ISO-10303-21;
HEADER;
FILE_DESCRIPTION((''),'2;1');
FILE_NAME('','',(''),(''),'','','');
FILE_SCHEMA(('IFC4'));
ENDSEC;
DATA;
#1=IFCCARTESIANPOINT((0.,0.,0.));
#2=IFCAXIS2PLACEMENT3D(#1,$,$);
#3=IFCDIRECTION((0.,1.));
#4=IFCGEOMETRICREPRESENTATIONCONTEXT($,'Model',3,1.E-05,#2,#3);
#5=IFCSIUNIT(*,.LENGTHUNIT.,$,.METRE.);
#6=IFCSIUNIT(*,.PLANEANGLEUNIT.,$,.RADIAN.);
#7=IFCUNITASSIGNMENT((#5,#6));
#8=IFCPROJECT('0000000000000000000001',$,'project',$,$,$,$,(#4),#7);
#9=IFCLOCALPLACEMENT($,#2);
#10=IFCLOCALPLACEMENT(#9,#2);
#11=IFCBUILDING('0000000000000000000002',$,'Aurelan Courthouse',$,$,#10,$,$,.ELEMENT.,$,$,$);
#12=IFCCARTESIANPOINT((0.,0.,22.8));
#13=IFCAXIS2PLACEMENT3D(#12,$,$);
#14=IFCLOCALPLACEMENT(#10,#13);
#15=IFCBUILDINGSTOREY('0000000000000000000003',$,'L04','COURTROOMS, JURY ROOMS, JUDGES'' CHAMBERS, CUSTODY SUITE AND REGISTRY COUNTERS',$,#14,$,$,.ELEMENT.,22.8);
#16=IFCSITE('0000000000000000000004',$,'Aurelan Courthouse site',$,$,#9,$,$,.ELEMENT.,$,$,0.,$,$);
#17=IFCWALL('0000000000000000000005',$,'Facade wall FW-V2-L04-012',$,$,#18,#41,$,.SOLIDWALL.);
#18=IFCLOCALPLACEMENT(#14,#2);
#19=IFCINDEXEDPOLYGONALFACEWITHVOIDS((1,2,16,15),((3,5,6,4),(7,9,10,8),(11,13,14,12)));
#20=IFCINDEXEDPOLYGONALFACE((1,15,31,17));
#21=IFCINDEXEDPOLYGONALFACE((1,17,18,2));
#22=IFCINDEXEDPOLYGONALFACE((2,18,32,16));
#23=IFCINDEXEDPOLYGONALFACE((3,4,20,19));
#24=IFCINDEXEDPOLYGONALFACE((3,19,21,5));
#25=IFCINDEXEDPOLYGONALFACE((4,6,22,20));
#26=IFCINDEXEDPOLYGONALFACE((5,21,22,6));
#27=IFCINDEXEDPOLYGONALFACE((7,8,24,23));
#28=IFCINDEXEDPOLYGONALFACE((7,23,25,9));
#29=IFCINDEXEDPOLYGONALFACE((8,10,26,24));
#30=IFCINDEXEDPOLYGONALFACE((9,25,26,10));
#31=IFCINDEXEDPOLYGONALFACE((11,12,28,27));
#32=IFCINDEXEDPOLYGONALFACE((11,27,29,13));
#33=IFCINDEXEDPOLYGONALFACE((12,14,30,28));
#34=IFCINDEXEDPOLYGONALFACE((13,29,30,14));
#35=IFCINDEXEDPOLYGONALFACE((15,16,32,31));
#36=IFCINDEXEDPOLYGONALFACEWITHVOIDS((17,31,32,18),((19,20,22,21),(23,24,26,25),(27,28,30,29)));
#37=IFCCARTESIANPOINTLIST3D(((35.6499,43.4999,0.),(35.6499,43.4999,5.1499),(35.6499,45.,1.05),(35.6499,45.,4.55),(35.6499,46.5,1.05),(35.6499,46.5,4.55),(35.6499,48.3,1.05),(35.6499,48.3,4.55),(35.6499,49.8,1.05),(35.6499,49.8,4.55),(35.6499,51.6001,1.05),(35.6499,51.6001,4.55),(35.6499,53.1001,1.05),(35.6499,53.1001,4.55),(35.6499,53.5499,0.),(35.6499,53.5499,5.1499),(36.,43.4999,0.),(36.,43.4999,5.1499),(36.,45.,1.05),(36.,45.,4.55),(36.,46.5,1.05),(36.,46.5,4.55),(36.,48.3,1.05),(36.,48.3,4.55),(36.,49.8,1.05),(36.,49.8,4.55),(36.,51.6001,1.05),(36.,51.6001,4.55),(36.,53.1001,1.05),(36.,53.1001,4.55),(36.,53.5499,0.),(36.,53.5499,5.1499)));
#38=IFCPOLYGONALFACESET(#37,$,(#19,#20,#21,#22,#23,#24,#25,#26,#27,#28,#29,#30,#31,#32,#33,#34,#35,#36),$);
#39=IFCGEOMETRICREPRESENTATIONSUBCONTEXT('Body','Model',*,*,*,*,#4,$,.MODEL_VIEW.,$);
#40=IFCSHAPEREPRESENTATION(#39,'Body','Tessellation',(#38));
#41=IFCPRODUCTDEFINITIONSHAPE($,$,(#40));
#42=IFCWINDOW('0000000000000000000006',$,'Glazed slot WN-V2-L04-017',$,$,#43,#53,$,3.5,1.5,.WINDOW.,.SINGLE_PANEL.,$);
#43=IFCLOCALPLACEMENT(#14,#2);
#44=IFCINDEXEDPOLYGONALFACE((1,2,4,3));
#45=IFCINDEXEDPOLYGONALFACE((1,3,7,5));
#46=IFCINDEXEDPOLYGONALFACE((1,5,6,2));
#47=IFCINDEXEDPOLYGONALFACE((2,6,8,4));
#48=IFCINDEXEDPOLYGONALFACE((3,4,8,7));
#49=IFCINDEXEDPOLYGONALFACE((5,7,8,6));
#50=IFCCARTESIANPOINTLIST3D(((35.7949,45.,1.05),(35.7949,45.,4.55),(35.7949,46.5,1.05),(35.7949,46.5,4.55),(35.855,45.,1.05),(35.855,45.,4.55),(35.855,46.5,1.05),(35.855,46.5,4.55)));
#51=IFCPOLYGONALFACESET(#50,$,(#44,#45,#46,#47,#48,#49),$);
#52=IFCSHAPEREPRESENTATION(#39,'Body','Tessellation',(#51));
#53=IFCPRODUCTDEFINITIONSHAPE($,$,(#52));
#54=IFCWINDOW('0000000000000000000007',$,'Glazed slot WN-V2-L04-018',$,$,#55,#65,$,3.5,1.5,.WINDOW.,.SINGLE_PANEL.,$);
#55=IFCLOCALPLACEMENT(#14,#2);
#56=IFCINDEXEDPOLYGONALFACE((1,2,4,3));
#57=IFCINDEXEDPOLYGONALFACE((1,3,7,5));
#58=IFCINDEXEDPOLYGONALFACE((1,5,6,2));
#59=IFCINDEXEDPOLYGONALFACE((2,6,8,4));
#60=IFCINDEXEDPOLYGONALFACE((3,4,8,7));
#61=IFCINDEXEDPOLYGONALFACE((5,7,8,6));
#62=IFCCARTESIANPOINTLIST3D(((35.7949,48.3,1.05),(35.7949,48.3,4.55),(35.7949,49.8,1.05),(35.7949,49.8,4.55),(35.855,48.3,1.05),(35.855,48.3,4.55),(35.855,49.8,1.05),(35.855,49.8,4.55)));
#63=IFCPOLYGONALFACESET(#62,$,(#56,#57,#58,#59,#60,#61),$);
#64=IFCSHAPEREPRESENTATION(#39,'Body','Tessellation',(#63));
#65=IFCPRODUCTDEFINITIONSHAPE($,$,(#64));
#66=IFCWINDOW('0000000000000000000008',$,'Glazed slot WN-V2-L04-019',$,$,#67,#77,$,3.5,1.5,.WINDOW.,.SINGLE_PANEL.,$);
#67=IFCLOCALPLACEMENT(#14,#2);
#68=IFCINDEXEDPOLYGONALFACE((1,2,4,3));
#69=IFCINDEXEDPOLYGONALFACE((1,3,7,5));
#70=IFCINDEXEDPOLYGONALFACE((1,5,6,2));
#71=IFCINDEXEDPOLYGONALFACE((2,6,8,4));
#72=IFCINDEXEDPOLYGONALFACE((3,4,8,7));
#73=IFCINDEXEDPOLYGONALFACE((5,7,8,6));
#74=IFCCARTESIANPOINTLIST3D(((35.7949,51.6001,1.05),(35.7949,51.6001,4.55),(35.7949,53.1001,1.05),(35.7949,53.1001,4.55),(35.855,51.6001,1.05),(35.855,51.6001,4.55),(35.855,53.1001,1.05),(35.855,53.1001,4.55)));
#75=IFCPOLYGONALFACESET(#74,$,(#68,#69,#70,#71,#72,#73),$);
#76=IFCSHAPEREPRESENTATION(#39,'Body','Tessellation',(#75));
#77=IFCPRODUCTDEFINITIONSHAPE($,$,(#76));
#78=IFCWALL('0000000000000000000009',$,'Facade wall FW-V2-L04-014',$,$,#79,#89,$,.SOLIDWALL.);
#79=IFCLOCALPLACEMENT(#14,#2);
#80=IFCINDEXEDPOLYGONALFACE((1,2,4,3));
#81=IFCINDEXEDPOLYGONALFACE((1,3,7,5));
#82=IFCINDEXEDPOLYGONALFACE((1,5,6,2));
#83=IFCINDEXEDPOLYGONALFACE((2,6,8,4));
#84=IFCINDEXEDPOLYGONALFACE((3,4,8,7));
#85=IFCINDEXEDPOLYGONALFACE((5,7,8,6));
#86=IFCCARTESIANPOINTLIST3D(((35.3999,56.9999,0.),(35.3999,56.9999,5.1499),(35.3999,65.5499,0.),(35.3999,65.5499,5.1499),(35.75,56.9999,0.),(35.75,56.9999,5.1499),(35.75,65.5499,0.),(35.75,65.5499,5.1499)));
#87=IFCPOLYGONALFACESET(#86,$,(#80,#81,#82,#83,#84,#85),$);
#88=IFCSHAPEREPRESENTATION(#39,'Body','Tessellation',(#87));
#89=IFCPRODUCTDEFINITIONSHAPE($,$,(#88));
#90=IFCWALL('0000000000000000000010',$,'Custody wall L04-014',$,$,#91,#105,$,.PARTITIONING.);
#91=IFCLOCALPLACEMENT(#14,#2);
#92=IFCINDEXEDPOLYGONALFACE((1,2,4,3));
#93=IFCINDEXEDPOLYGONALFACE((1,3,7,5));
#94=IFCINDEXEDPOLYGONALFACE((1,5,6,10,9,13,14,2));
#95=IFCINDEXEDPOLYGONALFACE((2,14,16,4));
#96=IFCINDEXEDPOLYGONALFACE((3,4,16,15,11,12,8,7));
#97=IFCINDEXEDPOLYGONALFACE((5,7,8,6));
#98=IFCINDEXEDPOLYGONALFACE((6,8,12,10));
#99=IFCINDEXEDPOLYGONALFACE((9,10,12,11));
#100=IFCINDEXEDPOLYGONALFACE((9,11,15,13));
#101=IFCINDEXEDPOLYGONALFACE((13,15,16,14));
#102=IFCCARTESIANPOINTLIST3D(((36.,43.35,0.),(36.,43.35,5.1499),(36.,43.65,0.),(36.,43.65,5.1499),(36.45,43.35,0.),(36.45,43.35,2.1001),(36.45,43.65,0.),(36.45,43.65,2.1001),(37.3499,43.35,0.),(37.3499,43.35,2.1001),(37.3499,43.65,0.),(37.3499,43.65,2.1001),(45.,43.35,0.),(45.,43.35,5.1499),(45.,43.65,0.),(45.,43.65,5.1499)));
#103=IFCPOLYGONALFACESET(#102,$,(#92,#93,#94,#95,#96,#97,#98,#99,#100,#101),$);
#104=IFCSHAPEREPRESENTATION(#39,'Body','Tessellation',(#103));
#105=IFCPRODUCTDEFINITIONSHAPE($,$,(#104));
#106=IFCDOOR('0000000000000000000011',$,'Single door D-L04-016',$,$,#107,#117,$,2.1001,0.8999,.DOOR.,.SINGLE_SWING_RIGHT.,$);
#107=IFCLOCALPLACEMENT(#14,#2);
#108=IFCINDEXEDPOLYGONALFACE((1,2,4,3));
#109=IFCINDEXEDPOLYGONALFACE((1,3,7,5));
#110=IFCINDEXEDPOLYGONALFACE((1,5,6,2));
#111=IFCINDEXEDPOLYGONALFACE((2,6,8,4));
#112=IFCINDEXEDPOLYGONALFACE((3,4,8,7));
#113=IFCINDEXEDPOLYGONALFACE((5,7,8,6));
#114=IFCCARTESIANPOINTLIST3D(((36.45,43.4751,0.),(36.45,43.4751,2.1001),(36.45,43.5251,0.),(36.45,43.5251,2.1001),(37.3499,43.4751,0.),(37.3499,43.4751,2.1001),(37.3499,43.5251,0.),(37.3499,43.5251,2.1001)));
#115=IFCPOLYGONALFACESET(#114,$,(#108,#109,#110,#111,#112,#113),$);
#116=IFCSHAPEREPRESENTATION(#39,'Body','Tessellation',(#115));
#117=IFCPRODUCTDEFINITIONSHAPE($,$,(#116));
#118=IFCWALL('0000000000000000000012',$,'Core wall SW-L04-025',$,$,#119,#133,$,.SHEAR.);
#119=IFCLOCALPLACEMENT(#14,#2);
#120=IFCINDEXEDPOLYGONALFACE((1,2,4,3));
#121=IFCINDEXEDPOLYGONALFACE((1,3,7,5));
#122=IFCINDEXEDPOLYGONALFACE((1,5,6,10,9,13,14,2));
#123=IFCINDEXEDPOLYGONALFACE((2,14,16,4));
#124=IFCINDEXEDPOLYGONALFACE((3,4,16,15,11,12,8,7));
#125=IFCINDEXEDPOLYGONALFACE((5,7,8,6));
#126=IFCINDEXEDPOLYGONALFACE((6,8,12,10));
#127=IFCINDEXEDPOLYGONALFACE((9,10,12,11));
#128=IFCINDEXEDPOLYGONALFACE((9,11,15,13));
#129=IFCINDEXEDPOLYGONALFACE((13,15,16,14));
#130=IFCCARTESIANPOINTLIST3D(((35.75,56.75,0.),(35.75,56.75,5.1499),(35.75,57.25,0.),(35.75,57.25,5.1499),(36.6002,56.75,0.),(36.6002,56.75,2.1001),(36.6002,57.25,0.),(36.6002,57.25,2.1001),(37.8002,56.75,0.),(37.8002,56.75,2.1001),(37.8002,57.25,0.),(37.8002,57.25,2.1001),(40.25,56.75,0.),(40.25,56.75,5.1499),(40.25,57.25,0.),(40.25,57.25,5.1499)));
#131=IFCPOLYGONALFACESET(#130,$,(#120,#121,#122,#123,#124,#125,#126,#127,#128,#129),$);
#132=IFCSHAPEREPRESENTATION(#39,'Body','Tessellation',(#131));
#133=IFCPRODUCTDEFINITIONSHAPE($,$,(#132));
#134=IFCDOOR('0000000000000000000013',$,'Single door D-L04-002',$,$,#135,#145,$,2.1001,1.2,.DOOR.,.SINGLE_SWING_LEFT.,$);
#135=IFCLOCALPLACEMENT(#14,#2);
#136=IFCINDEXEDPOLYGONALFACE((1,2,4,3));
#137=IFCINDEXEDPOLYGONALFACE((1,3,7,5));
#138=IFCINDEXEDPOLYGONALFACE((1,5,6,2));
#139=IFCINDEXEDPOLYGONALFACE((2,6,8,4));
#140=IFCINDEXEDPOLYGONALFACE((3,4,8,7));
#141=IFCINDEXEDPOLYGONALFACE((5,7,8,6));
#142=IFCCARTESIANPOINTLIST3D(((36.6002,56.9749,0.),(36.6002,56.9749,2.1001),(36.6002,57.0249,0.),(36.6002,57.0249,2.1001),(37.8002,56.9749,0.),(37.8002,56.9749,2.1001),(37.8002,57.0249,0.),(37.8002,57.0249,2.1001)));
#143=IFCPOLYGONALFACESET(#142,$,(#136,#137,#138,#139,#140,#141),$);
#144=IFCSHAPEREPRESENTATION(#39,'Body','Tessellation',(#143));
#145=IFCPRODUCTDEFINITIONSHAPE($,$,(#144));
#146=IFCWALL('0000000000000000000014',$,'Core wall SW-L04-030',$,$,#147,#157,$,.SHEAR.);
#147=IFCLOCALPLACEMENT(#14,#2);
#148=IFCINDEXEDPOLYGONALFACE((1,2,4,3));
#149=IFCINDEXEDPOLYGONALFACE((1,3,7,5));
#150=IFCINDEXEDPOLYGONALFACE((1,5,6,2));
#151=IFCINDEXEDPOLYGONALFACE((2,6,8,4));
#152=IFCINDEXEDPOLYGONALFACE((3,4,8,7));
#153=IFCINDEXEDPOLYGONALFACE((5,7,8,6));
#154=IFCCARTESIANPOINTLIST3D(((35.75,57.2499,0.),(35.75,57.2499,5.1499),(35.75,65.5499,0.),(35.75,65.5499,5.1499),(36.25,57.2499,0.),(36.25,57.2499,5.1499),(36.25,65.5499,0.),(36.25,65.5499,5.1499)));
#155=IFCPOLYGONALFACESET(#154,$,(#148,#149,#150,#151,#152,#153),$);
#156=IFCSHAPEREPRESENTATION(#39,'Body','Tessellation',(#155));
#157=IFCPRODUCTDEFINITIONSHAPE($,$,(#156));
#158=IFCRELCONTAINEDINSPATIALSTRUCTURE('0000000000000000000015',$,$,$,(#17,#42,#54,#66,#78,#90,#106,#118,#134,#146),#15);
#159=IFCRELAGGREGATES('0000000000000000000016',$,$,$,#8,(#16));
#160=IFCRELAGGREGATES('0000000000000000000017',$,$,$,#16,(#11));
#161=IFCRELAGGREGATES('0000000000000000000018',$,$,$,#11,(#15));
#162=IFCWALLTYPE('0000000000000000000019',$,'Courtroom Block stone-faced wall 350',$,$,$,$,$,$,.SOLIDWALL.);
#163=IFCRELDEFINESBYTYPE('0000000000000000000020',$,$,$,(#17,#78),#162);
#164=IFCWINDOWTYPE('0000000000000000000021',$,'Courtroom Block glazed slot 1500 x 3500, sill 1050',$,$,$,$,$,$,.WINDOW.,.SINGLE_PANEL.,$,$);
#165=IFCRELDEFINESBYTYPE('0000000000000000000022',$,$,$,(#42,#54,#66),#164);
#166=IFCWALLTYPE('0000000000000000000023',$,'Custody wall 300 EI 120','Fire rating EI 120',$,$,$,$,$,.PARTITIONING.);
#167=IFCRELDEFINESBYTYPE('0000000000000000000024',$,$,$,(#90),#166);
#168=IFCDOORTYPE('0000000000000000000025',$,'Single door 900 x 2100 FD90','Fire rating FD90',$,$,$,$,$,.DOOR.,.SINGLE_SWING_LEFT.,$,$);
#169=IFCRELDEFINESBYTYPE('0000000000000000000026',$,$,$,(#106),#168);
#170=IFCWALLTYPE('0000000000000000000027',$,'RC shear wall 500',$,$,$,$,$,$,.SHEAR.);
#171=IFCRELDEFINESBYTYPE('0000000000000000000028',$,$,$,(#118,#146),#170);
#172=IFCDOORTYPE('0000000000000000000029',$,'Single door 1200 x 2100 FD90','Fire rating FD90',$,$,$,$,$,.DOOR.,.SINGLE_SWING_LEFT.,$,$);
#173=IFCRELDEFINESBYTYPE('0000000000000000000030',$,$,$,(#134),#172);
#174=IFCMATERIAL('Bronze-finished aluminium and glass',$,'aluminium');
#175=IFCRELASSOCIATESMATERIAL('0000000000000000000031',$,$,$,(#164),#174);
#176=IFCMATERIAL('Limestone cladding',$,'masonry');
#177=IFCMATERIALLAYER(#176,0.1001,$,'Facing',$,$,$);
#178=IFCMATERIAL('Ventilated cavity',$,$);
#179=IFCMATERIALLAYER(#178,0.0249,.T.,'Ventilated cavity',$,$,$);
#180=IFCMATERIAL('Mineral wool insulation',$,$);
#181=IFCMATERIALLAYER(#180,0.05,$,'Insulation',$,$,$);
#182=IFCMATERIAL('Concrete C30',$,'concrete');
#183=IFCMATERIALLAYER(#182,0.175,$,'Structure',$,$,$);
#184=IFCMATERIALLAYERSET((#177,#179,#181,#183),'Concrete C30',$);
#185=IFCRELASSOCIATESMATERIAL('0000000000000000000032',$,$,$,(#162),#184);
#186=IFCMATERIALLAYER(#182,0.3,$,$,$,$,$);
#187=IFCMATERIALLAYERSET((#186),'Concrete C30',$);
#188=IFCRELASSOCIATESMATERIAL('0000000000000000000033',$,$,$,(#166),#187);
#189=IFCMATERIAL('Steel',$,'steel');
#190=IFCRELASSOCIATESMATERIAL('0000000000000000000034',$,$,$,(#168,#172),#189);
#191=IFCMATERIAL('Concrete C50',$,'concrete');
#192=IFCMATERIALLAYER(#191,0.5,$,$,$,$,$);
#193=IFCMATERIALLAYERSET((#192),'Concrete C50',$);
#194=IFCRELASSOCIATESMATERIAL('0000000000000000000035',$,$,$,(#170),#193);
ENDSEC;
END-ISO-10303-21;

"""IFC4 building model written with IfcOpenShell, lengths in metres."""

from ifc_helpers import new_model, si_unit, direction, frame, frame_2d, origin, place, context, subcontext, project, spatial, rectangle, extrude, material, layer, layer_set, type_object, element, fill, save


model = new_model("IFC4")

# Units and contexts
model_context = context("Model", 3, precision=1e-05, world=origin(), true_north=direction((0.0, 1.0)))
body_context = subcontext(model_context, "Body", "Model", "MODEL_VIEW")
ifc_project = project(units=[si_unit("LENGTHUNIT", "METRE"), si_unit("PLANEANGLEUNIT", "RADIAN")], contexts=[model_context])

# Site, building, storey
site_placement = place(None, origin())
site = spatial("IfcSite", under=ifc_project, at=site_placement, Name="Aurelan Courthouse site", CompositionType="ELEMENT", RefElevation=0.0)
building_placement = place(site_placement, origin())
building = spatial("IfcBuilding", under=site, at=building_placement, Name="Aurelan Courthouse", CompositionType="ELEMENT")
storey_placement = place(building_placement, frame((0.0, 0.0, 22.8)))
storey = spatial("IfcBuildingStorey", under=building, at=storey_placement, Name="L04", Description="COURTROOMS, JURY ROOMS, JUDGES' CHAMBERS, CUSTODY SUITE AND REGISTRY COUNTERS", CompositionType="ELEMENT", Elevation=22.8)

# Shared definitions
ifc_material_1 = material(Name="Concrete C50", Category="concrete")

# Shared definitions
ifc_material_2 = material(Name="Limestone cladding", Category="masonry")
ifc_material_3 = material(Name="Ventilated cavity")
ifc_material_4 = material(Name="Mineral wool insulation")
ifc_material_5 = material(Name="Concrete C30", Category="concrete")
ifc_material_6 = material(Name="Bronze-finished aluminium and glass", Category="aluminium")
window_type = type_object("IfcWindowType", Name="Courtroom Block glazed slot 1500 x 3500, sill 1050", PartitioningType="SINGLE_PANEL", PredefinedType="WINDOW", material=ifc_material_6)

# Wall, openings, windows
ifc_layer_1 = layer(ifc_material_2, 0.1001, Name="Facing")
ifc_layer_2 = layer(ifc_material_3, 0.0249, ventilated=True, Name="Ventilated cavity")
ifc_layer_3 = layer(ifc_material_4, 0.05, Name="Insulation")
ifc_layer_4 = layer(ifc_material_5, 0.175, Name="Structure")
ifc_layer_set_1 = layer_set([ifc_layer_1, ifc_layer_2, ifc_layer_3, ifc_layer_4], Name="Concrete C30")
wall_type_1 = type_object("IfcWallType", Name="Courtroom Block stone-faced wall 350", PredefinedType="SOLIDWALL", material=ifc_layer_set_1)
wall_1_placement = place(storey_placement, frame((35.825, 43.5, 0.0), z_axis=(0.0, 0.0, 1.0), x_axis=(0.0, 1.0, 0.0)))
wall_1 = element("IfcWall", 1, at=wall_1_placement, inside=storey, type_object=wall_type_1, Name="Facade wall FW-V2-L04-012", PredefinedType="SOLIDWALL", context=body_context, shape_type="SweptSolid", body=[
    extrude(rectangle(XDim=10.05, YDim=0.3501, at=frame_2d((5.0249, 0.0))), origin(), (0.0, 0.0, 1.0), 5.1499),
])
opening_1_placement = place(wall_1_placement, frame((1.5, 0.0, 1.05)))
opening_1 = element("IfcOpeningElement", 2, at=opening_1_placement, cuts=wall_1, PredefinedType="OPENING", context=body_context, shape_type="SweptSolid", body=[
    extrude(rectangle(XDim=1.5, YDim=3.5, at=frame_2d((0.75, 1.75))), frame((0.0, 0.1851, 0.0), z_axis=(0.0, -1.0, 0.0), x_axis=(1.0, 0.0, 0.0)), (0.0, 0.0, 1.0), 0.3701),
])
opening_2_placement = place(wall_1_placement, frame((4.8, 0.0, 1.05)))
opening_2 = element("IfcOpeningElement", 3, at=opening_2_placement, cuts=wall_1, PredefinedType="OPENING", context=body_context, shape_type="SweptSolid", body=[
    extrude(rectangle(XDim=1.5, YDim=3.5, at=frame_2d((0.75, 1.75))), frame((0.0, 0.1851, 0.0), z_axis=(0.0, -1.0, 0.0), x_axis=(1.0, 0.0, 0.0)), (0.0, 0.0, 1.0), 0.3701),
])
opening_3_placement = place(wall_1_placement, frame((8.1001, 0.0, 1.05)))
opening_3 = element("IfcOpeningElement", 4, at=opening_3_placement, cuts=wall_1, PredefinedType="OPENING", context=body_context, shape_type="SweptSolid", body=[
    extrude(rectangle(XDim=1.5, YDim=3.5, at=frame_2d((0.75, 1.75))), frame((0.0, 0.1851, 0.0), z_axis=(0.0, -1.0, 0.0), x_axis=(1.0, 0.0, 0.0)), (0.0, 0.0, 1.0), 0.3701),
])
window_1_placement = place(opening_1_placement, origin())
window_1 = element("IfcWindow", 5, at=window_1_placement, inside=storey, type_object=window_type, Name="Glazed slot WN-V2-L04-017", OverallHeight=3.5, OverallWidth=1.5, PartitioningType="SINGLE_PANEL", PredefinedType="WINDOW", context=body_context, shape_type="SweptSolid", body=[
    extrude(rectangle(XDim=1.5, YDim=3.5, at=frame_2d((0.75, 1.75))), frame((0.0, 0.03, 0.0), z_axis=(0.0, -1.0, 0.0), x_axis=(1.0, 0.0, 0.0)), (0.0, 0.0, 1.0), 0.0601),
])
fill(opening_1, window_1)
window_2_placement = place(opening_2_placement, origin())
window_2 = element("IfcWindow", 6, at=window_2_placement, inside=storey, type_object=window_type, Name="Glazed slot WN-V2-L04-018", OverallHeight=3.5, OverallWidth=1.5, PartitioningType="SINGLE_PANEL", PredefinedType="WINDOW", context=body_context, shape_type="SweptSolid", body=[
    extrude(rectangle(XDim=1.5, YDim=3.5, at=frame_2d((0.75, 1.75))), frame((0.0, 0.03, 0.0), z_axis=(0.0, -1.0, 0.0), x_axis=(1.0, 0.0, 0.0)), (0.0, 0.0, 1.0), 0.0601),
])
fill(opening_2, window_2)
window_3_placement = place(opening_3_placement, origin())
window_3 = element("IfcWindow", 7, at=window_3_placement, inside=storey, type_object=window_type, Name="Glazed slot WN-V2-L04-019", OverallHeight=3.5, OverallWidth=1.5, PartitioningType="SINGLE_PANEL", PredefinedType="WINDOW", context=body_context, shape_type="SweptSolid", body=[
    extrude(rectangle(XDim=1.5, YDim=3.5, at=frame_2d((0.75, 1.75))), frame((0.0, 0.03, 0.0), z_axis=(0.0, -1.0, 0.0), x_axis=(1.0, 0.0, 0.0)), (0.0, 0.0, 1.0), 0.0601),
])
fill(opening_3, window_3)

# Wall
wall_2_placement = place(storey_placement, frame((35.575, 57.0, 0.0), z_axis=(0.0, 0.0, 1.0), x_axis=(0.0, 1.0, 0.0)))
element("IfcWall", 8, at=wall_2_placement, inside=storey, type_object=wall_type_1, Name="Facade wall FW-V2-L04-014", PredefinedType="SOLIDWALL", context=body_context, shape_type="SweptSolid", body=[
    extrude(rectangle(XDim=8.55, YDim=0.3501, at=frame_2d((4.2749, 0.0))), origin(), (0.0, 0.0, 1.0), 5.1499),
])

# Walls, openings, doors
ifc_layer_5 = layer(ifc_material_5, 0.3)
ifc_layer_set_2 = layer_set([ifc_layer_5], Name="Concrete C30")
wall_type_2 = type_object("IfcWallType", Name="Custody wall 300 EI 120", Description="Fire rating EI 120", PredefinedType="PARTITIONING", material=ifc_layer_set_2)
wall_3_placement = place(storey_placement, frame((36.0, 43.5, 0.0), z_axis=(0.0, 0.0, 1.0), x_axis=(1.0, 0.0, 0.0)))
wall_3 = element("IfcWall", 9, at=wall_3_placement, inside=storey, type_object=wall_type_2, Name="Custody wall L04-014", PredefinedType="PARTITIONING", context=body_context, shape_type="SweptSolid", body=[
    extrude(rectangle(XDim=9.0, YDim=0.3, at=frame_2d((4.5, 0.0))), origin(), (0.0, 0.0, 1.0), 5.1499),
])
opening_4_placement = place(wall_3_placement, frame((1.3499, 0.0, 0.0), z_axis=(0.0, 0.0, 1.0), x_axis=(-1.0, 0.0, 0.0)))
opening_4 = element("IfcOpeningElement", 10, at=opening_4_placement, cuts=wall_3, PredefinedType="OPENING", context=body_context, shape_type="SweptSolid", body=[
    extrude(rectangle(XDim=0.8999, YDim=2.1001, at=frame_2d((0.45, 1.05))), frame((0.0, 0.1599, 0.0), z_axis=(0.0, -1.0, 0.0), x_axis=(1.0, 0.0, 0.0)), (0.0, 0.0, 1.0), 0.3201),
])
ifc_material_7 = material(Name="Steel", Category="steel")
door_type_1 = type_object("IfcDoorType", Name="Single door 900 x 2100 FD90", Description="Fire rating FD90", OperationType="SINGLE_SWING_LEFT", PredefinedType="DOOR", material=ifc_material_7)
door_1_placement = place(opening_4_placement, origin())
door_1 = element("IfcDoor", 11, at=door_1_placement, inside=storey, type_object=door_type_1, Name="Single door D-L04-016", OperationType="SINGLE_SWING_RIGHT", OverallHeight=2.1001, OverallWidth=0.8999, PredefinedType="DOOR", context=body_context, shape_type="SweptSolid", body=[
    extrude(rectangle(XDim=0.8999, YDim=2.1001, at=frame_2d((0.45, 1.05))), frame((0.0, 0.0249, 0.0), z_axis=(0.0, -1.0, 0.0), x_axis=(1.0, 0.0, 0.0)), (0.0, 0.0, 1.0), 0.05),
])
fill(opening_4, door_1)
ifc_layer_6 = layer(ifc_material_1, 0.5)
ifc_layer_set_3 = layer_set([ifc_layer_6], Name="Concrete C50")
wall_type_3 = type_object("IfcWallType", Name="RC shear wall 500", PredefinedType="SHEAR", material=ifc_layer_set_3)
wall_4_placement = place(storey_placement, frame((35.75, 57.0, 0.0), z_axis=(0.0, 0.0, 1.0), x_axis=(1.0, 0.0, 0.0)))
wall_4 = element("IfcWall", 12, at=wall_4_placement, inside=storey, type_object=wall_type_3, Name="Core wall SW-L04-025", PredefinedType="SHEAR", context=body_context, shape_type="SweptSolid", body=[
    extrude(rectangle(XDim=4.5, YDim=0.5, at=frame_2d((2.25, 0.0))), origin(), (0.0, 0.0, 1.0), 5.1499),
])
opening_5_placement = place(wall_4_placement, frame((0.8501, 0.0, 0.0)))
opening_5 = element("IfcOpeningElement", 13, at=opening_5_placement, cuts=wall_4, PredefinedType="OPENING", context=body_context, shape_type="SweptSolid", body=[
    extrude(rectangle(XDim=1.2, YDim=2.1001, at=frame_2d((0.6001, 1.05))), frame((0.0, 0.26, 0.0), z_axis=(0.0, -1.0, 0.0), x_axis=(1.0, 0.0, 0.0)), (0.0, 0.0, 1.0), 0.52),
])
door_type_2 = type_object("IfcDoorType", Name="Single door 1200 x 2100 FD90", Description="Fire rating FD90", OperationType="SINGLE_SWING_LEFT", PredefinedType="DOOR", material=ifc_material_7)
door_2_placement = place(opening_5_placement, origin())
door_2 = element("IfcDoor", 14, at=door_2_placement, inside=storey, type_object=door_type_2, Name="Single door D-L04-002", OperationType="SINGLE_SWING_LEFT", OverallHeight=2.1001, OverallWidth=1.2, PredefinedType="DOOR", context=body_context, shape_type="SweptSolid", body=[
    extrude(rectangle(XDim=1.2, YDim=2.1001, at=frame_2d((0.6001, 1.05))), frame((0.0, 0.0249, 0.0), z_axis=(0.0, -1.0, 0.0), x_axis=(1.0, 0.0, 0.0)), (0.0, 0.0, 1.0), 0.05),
])
fill(opening_5, door_2)

# Wall
wall_5_placement = place(storey_placement, frame((36.0, 57.25, 0.0), z_axis=(0.0, 0.0, 1.0), x_axis=(0.0, 1.0, 0.0)))
element("IfcWall", 15, at=wall_5_placement, inside=storey, type_object=wall_type_3, Name="Core wall SW-L04-030", PredefinedType="SHEAR", context=body_context, shape_type="SweptSolid", body=[
    extrude(rectangle(XDim=8.3, YDim=0.5, at=frame_2d((4.1499, 0.0))), origin(), (0.0, 0.0, 1.0), 5.1499),
])

save(model, "model.ifc")
